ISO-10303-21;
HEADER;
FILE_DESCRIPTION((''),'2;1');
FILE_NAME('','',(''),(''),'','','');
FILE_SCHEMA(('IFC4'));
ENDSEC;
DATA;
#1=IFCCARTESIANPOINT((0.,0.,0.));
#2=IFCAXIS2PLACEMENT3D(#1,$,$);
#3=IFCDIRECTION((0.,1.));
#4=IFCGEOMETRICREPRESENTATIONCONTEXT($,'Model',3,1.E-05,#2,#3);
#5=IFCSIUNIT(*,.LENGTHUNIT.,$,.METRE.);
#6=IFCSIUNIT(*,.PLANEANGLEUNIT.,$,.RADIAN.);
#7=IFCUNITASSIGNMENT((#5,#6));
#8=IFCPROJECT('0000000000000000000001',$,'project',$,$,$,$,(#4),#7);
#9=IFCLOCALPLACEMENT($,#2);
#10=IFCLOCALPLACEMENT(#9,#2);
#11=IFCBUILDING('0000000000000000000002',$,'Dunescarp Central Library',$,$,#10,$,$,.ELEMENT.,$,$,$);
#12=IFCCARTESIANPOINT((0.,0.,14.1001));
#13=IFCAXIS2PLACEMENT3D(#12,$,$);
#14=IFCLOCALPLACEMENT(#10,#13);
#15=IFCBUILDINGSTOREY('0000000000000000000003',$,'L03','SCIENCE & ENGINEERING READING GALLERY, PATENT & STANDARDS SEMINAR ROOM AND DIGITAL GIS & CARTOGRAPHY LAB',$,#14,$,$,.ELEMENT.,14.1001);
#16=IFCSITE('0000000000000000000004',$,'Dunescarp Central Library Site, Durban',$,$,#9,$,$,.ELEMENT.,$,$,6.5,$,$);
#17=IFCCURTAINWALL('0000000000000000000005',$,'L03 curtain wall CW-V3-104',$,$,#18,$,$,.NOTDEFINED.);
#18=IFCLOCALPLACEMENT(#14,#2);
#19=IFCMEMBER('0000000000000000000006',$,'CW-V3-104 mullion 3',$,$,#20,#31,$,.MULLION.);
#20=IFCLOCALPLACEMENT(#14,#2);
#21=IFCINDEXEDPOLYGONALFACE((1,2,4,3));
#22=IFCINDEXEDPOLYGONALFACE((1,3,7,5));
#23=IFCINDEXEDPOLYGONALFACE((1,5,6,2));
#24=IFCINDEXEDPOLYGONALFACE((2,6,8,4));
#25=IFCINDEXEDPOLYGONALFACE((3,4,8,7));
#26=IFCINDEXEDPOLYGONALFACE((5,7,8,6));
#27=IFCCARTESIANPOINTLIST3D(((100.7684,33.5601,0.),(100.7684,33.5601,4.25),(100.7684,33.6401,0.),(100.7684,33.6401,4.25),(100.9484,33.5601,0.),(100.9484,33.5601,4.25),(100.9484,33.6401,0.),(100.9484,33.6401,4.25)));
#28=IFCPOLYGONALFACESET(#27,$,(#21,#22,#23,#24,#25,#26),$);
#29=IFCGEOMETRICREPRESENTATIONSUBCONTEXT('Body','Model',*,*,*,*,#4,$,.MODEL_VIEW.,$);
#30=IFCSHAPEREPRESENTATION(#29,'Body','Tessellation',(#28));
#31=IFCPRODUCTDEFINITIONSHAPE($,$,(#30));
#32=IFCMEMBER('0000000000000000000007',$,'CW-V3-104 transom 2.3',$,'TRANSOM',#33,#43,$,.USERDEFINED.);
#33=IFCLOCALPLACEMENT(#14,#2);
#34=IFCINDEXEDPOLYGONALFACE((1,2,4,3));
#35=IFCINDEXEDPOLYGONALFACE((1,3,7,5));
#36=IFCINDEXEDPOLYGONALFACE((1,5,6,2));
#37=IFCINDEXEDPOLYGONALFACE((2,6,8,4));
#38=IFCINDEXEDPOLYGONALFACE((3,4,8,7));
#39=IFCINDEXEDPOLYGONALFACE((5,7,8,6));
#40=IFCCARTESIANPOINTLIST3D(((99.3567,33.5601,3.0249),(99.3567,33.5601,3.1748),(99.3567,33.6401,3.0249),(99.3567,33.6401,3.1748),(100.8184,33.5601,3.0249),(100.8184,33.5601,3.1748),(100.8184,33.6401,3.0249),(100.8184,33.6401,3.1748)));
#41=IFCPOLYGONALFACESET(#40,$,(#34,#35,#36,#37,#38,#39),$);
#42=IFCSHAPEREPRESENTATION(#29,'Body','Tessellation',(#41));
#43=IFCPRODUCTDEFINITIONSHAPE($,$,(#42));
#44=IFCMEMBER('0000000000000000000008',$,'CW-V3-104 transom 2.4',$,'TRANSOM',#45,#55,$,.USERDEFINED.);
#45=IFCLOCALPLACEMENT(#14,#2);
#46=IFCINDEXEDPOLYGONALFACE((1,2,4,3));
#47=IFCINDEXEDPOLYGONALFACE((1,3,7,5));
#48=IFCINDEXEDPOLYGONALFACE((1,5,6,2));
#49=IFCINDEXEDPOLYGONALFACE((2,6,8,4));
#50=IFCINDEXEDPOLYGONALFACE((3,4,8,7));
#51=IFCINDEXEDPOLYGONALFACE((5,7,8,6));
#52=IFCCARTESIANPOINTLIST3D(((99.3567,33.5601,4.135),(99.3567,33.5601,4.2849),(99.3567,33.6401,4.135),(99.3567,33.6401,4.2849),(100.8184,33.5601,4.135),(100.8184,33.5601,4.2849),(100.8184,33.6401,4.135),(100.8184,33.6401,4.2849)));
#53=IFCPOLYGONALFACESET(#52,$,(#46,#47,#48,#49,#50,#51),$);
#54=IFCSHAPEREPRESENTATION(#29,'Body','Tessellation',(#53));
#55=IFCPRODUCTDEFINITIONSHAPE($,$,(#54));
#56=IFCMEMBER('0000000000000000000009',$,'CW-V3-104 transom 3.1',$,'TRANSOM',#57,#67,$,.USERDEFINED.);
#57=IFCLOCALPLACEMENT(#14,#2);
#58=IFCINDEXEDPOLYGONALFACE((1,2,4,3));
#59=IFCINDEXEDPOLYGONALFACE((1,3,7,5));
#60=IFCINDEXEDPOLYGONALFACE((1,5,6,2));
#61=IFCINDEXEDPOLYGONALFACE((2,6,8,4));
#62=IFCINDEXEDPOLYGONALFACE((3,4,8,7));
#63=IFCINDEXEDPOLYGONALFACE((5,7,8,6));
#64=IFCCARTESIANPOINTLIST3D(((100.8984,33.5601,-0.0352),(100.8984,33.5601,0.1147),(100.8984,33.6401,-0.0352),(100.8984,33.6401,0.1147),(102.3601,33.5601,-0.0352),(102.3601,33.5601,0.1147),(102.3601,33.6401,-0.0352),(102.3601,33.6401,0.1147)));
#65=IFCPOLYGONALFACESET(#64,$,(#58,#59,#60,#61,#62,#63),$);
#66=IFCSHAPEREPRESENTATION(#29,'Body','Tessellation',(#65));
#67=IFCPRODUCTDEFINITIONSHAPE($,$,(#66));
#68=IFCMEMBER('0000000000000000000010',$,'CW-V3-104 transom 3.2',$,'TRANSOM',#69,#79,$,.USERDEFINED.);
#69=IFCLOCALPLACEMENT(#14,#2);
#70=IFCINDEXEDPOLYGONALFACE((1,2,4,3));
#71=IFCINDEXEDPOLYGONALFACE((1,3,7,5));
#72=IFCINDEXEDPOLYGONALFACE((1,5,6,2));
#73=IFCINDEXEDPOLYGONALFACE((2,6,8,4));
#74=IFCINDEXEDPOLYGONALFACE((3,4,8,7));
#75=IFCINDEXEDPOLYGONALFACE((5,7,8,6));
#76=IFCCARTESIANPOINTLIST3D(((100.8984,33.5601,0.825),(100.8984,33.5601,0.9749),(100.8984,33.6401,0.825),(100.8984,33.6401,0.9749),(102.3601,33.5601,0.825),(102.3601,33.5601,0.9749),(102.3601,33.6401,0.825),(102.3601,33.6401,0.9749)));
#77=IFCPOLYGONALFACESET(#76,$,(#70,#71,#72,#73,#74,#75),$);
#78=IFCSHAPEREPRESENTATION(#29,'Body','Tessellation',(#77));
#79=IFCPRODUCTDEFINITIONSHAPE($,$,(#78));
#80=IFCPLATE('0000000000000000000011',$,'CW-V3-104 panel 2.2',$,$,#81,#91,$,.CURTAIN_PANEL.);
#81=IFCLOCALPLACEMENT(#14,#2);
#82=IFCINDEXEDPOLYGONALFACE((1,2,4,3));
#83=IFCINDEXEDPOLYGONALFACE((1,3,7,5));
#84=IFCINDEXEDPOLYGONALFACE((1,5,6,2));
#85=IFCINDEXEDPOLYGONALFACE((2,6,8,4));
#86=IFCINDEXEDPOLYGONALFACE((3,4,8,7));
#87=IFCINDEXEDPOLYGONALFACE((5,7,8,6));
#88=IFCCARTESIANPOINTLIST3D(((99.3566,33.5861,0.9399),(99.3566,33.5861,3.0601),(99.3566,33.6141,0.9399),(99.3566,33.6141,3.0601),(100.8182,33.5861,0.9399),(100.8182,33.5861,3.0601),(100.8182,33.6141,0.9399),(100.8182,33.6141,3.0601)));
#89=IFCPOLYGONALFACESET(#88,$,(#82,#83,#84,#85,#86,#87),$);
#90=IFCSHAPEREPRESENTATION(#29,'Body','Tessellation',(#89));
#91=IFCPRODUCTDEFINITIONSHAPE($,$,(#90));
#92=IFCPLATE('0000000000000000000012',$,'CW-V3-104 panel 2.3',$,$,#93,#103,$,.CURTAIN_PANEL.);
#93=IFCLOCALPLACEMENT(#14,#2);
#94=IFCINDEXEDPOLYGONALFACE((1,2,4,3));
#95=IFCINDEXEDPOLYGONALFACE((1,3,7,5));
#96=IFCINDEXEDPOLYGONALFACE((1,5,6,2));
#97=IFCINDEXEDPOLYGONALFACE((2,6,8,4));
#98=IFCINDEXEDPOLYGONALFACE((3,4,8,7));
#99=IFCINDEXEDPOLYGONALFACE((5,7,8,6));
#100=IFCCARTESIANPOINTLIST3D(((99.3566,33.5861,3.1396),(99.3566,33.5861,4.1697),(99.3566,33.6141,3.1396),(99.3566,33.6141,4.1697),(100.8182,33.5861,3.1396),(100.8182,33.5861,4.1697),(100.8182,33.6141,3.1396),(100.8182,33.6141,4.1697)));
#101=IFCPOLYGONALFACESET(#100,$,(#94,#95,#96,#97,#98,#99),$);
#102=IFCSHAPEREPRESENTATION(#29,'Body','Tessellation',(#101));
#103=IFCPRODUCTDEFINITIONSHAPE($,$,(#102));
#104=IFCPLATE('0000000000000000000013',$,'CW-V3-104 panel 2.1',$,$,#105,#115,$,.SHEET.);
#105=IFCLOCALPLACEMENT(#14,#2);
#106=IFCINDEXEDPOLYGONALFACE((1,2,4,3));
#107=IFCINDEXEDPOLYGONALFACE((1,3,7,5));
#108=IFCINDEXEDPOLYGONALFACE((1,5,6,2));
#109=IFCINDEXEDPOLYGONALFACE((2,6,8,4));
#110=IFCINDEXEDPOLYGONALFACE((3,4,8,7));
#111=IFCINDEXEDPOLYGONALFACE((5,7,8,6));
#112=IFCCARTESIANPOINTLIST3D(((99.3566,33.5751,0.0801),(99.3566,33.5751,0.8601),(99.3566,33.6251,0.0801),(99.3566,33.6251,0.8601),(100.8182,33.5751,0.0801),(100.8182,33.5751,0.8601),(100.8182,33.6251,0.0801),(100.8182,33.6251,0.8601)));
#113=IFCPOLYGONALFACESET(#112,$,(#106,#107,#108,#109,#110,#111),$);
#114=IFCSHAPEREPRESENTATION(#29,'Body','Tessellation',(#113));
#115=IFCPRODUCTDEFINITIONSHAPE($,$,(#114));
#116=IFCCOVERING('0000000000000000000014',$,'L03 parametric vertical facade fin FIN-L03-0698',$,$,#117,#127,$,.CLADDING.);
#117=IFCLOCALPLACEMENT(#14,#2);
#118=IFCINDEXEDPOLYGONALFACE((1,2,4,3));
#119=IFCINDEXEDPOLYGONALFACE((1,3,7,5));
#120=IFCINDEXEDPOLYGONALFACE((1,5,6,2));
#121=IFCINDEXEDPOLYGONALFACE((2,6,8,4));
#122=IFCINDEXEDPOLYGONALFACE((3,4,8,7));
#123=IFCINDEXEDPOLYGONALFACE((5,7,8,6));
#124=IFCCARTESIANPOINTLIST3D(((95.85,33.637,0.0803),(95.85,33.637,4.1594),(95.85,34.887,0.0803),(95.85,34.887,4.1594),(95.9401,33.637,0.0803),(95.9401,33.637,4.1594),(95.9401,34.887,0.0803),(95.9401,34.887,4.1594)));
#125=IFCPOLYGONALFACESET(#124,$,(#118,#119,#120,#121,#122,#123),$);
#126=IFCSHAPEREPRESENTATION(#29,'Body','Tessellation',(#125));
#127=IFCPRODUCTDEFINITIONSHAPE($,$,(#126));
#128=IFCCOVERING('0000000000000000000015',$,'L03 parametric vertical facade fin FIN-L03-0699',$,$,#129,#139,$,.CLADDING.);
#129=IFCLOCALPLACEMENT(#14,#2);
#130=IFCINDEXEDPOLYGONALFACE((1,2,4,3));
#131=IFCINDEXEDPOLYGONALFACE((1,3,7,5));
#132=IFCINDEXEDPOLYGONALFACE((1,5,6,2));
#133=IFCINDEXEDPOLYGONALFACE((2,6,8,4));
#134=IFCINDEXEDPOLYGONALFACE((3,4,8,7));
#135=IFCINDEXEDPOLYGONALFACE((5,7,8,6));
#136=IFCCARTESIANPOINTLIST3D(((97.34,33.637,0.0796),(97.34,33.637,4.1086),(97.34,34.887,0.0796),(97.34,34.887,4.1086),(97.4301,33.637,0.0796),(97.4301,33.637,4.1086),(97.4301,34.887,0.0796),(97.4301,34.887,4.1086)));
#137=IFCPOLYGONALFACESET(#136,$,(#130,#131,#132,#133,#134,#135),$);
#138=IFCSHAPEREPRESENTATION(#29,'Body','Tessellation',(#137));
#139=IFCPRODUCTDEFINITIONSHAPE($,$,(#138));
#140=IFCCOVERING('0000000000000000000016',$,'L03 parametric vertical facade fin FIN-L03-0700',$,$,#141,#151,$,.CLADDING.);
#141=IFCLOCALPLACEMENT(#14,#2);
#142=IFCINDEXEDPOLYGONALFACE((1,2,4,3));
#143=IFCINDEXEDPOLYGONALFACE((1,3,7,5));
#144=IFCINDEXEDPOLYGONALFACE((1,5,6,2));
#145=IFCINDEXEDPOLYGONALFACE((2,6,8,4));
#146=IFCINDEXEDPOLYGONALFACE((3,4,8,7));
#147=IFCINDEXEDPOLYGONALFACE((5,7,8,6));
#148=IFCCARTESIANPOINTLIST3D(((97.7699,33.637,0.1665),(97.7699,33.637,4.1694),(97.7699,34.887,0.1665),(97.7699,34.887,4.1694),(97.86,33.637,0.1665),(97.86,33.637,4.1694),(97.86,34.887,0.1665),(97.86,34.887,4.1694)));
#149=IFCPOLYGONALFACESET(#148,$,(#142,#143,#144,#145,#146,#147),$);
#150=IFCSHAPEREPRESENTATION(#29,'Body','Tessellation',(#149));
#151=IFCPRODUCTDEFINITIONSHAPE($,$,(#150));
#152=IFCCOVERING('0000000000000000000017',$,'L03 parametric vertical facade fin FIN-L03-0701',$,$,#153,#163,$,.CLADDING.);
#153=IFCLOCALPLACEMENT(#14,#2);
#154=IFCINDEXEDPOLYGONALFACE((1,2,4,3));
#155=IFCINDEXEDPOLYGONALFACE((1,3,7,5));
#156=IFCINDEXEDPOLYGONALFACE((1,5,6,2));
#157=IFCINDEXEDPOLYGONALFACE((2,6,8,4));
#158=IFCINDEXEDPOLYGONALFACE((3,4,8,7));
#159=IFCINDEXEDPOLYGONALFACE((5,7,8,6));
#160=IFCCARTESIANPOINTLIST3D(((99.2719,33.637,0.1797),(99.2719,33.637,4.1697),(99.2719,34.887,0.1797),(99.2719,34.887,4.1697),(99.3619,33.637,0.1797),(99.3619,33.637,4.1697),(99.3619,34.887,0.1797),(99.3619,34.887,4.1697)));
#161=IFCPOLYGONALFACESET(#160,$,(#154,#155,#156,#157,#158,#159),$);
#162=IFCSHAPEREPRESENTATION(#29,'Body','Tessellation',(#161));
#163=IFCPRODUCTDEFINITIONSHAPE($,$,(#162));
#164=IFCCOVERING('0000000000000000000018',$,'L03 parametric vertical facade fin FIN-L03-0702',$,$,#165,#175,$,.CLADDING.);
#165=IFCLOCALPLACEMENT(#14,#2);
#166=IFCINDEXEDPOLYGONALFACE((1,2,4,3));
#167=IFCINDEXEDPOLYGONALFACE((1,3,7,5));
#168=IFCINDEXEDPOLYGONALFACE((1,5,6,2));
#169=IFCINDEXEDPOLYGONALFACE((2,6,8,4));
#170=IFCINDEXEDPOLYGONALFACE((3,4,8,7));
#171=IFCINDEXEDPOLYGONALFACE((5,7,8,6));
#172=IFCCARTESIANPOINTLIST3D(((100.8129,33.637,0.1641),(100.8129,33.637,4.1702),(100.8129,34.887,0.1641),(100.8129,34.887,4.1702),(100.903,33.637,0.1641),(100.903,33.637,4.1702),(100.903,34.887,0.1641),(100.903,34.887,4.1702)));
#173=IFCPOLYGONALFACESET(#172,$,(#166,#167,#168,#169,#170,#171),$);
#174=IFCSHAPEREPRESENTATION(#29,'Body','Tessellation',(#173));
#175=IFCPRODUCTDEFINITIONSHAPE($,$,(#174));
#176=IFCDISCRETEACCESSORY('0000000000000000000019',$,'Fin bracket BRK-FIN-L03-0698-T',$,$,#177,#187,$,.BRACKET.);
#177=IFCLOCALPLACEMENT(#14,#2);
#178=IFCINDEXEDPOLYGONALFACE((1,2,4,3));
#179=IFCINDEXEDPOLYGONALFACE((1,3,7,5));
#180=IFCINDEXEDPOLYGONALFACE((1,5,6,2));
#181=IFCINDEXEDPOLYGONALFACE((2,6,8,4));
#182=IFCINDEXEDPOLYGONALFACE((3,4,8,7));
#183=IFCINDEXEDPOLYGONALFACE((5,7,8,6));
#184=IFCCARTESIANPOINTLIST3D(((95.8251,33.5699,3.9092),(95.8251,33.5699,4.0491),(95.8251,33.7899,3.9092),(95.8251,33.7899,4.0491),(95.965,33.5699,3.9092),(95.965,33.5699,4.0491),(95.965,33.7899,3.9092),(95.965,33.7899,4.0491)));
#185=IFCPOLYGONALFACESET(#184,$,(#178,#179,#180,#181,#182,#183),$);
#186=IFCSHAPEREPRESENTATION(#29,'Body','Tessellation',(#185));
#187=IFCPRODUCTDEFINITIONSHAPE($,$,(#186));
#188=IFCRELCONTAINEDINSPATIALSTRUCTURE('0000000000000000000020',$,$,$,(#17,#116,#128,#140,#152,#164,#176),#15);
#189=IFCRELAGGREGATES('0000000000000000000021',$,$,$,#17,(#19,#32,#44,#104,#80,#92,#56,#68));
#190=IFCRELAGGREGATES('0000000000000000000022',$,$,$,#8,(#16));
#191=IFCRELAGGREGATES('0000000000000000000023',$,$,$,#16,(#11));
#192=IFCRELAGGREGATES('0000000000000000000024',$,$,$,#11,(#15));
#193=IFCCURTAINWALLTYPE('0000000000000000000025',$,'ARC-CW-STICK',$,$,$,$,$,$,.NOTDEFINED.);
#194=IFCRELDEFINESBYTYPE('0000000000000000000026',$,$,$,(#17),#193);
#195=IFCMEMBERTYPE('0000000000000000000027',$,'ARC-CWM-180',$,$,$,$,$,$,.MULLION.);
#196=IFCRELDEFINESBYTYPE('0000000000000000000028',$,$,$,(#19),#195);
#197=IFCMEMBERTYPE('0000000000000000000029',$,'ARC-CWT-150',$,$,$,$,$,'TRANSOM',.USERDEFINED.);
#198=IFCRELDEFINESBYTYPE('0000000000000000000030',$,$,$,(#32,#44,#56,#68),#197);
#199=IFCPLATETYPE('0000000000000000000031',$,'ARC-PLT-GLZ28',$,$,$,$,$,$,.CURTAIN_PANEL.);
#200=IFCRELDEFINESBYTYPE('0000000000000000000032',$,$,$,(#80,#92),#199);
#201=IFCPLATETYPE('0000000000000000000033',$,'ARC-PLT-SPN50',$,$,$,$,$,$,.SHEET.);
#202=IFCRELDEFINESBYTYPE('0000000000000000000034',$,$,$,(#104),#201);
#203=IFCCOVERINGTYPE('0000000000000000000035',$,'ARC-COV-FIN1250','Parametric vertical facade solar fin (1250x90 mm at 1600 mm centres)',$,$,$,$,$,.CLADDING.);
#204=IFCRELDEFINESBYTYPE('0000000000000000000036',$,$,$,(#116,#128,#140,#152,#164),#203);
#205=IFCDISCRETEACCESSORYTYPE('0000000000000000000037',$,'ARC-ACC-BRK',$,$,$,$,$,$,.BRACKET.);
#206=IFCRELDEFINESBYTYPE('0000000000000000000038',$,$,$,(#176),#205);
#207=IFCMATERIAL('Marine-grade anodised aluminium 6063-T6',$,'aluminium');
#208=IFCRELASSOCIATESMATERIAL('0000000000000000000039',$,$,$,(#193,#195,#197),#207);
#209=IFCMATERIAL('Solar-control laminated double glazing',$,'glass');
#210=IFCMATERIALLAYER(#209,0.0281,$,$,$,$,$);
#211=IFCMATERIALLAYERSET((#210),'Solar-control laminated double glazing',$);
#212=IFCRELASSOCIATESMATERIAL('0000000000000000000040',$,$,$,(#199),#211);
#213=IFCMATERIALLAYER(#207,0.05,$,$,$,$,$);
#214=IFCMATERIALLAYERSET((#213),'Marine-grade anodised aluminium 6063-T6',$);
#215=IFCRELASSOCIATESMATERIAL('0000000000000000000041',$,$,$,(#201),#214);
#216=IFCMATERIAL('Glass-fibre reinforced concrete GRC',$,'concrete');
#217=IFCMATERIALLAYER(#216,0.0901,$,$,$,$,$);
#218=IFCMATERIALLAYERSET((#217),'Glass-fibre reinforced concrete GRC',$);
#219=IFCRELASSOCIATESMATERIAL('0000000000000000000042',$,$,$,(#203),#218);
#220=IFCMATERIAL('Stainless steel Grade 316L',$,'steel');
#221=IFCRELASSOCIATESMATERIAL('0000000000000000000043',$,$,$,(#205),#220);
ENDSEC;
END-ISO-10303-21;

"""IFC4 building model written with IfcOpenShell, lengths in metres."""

from ifc_helpers import new_model, si_unit, direction, frame, origin, origin_2d, place, context, subcontext, project, spatial, rectangle, extrude, material, layer, layer_set, material_profile, profile_set, type_object, element, aggregate, save


model = new_model("IFC4")

# Units and contexts
model_context = context("Model", 3, precision=1e-05, world=origin(), true_north=direction((0.0, 1.0)))
body_context = subcontext(model_context, "Body", "Model", "MODEL_VIEW")
ifc_project = project(units=[si_unit("LENGTHUNIT", "METRE"), si_unit("PLANEANGLEUNIT", "RADIAN")], contexts=[model_context])

# Site, building, storey
site_placement = place(None, origin())
site = spatial("IfcSite", under=ifc_project, at=site_placement, Name="Dunescarp Central Library Site, Durban", CompositionType="ELEMENT", RefElevation=6.5)
building_placement = place(site_placement, origin())
building = spatial("IfcBuilding", under=site, at=building_placement, Name="Dunescarp Central Library", CompositionType="ELEMENT")
storey_placement = place(building_placement, frame((0.0, 0.0, 14.1001)))
storey = spatial("IfcBuildingStorey", under=building, at=storey_placement, Name="L03", Description="SCIENCE & ENGINEERING READING GALLERY, PATENT & STANDARDS SEMINAR ROOM AND DIGITAL GIS & CARTOGRAPHY LAB", CompositionType="ELEMENT", Elevation=14.1001)

# Curtain wall, members, plates
ifc_material_1 = material(Name="Marine-grade anodised aluminium 6063-T6", Category="aluminium")
curtain_wall_type = type_object("IfcCurtainWallType", Name="ARC-CW-STICK", PredefinedType="NOTDEFINED", material=ifc_material_1)
curtain_wall_placement = place(storey_placement, origin())
curtain_wall = element("IfcCurtainWall", 1, at=curtain_wall_placement, inside=storey, type_object=curtain_wall_type, Name="L03 curtain wall CW-V3-104", PredefinedType="NOTDEFINED")
ifc_material_profile_1 = material_profile(ifc_material_1, rectangle(XDim=0.0801, YDim=0.1799, at=origin_2d()), Name="AL 80x180")
ifc_profile_set_1 = profile_set([ifc_material_profile_1], Name="Marine-grade anodised aluminium 6063-T6")
member_type_1 = type_object("IfcMemberType", Name="ARC-CWM-180", PredefinedType="MULLION", material=ifc_profile_set_1)
member_1_placement = place(storey_placement, frame((100.8584, 33.6001, 0.0), z_axis=(0.0, 0.0, 1.0), x_axis=(0.0, 1.0, 0.0)))
member_1 = element("IfcMember", 2, at=member_1_placement, type_object=member_type_1, Name="CW-V3-104 mullion 3", PredefinedType="MULLION", context=body_context, shape_type="SweptSolid", body=[
    extrude(rectangle(XDim=0.0801, YDim=0.1799, at=origin_2d()), origin(), (0.0, 0.0, 1.0), 4.25),
])
ifc_material_profile_2 = material_profile(ifc_material_1, rectangle(XDim=0.0801, YDim=0.1499, at=origin_2d()), Name="AL 80x150")
ifc_profile_set_2 = profile_set([ifc_material_profile_2], Name="Marine-grade anodised aluminium 6063-T6")
member_type_2 = type_object("IfcMemberType", Name="ARC-CWT-150", ElementType="TRANSOM", PredefinedType="USERDEFINED", material=ifc_profile_set_2)
member_2_placement = place(storey_placement, frame((99.3567, 33.6001, 3.0999), z_axis=(1.0, 0.0, 0.0), x_axis=(0.0, 1.0, 0.0)))
member_2 = element("IfcMember", 3, at=member_2_placement, type_object=member_type_2, Name="CW-V3-104 transom 2.3", ObjectType="TRANSOM", PredefinedType="USERDEFINED", context=body_context, shape_type="SweptSolid", body=[
    extrude(rectangle(XDim=0.0801, YDim=0.1499, at=origin_2d()), origin(), (0.0, 0.0, 1.0), 1.4617),
])
member_3_placement = place(storey_placement, frame((99.3567, 33.6001, 4.21), z_axis=(1.0, 0.0, 0.0), x_axis=(0.0, 1.0, 0.0)))
member_3 = element("IfcMember", 4, at=member_3_placement, type_object=member_type_2, Name="CW-V3-104 transom 2.4", ObjectType="TRANSOM", PredefinedType="USERDEFINED", context=body_context, shape_type="SweptSolid", body=[
    extrude(rectangle(XDim=0.0801, YDim=0.1499, at=origin_2d()), origin(), (0.0, 0.0, 1.0), 1.4617),
])
member_4_placement = place(storey_placement, frame((100.8984, 33.6001, 0.0398), z_axis=(1.0, 0.0, 0.0), x_axis=(0.0, 1.0, 0.0)))
member_4 = element("IfcMember", 5, at=member_4_placement, type_object=member_type_2, Name="CW-V3-104 transom 3.1", ObjectType="TRANSOM", PredefinedType="USERDEFINED", context=body_context, shape_type="SweptSolid", body=[
    extrude(rectangle(XDim=0.0801, YDim=0.1499, at=origin_2d()), origin(), (0.0, 0.0, 1.0), 1.4617),
])
member_5_placement = place(storey_placement, frame((100.8984, 33.6001, 0.8999), z_axis=(1.0, 0.0, 0.0), x_axis=(0.0, 1.0, 0.0)))
member_5 = element("IfcMember", 6, at=member_5_placement, type_object=member_type_2, Name="CW-V3-104 transom 3.2", ObjectType="TRANSOM", PredefinedType="USERDEFINED", context=body_context, shape_type="SweptSolid", body=[
    extrude(rectangle(XDim=0.0801, YDim=0.1499, at=origin_2d()), origin(), (0.0, 0.0, 1.0), 1.4617),
])
ifc_material_2 = material(Name="Solar-control laminated double glazing", Category="glass")
ifc_layer_1 = layer(ifc_material_2, 0.0281)
ifc_layer_set_1 = layer_set([ifc_layer_1], Name="Solar-control laminated double glazing")
plate_type_1 = type_object("IfcPlateType", Name="ARC-PLT-GLZ28", PredefinedType="CURTAIN_PANEL", material=ifc_layer_set_1)
plate_1_placement = place(storey_placement, frame((100.0874, 33.6001, 0.9399), z_axis=(0.0, 0.0, 1.0), x_axis=(1.0, 0.0, 0.0)))
plate_1 = element("IfcPlate", 7, at=plate_1_placement, type_object=plate_type_1, Name="CW-V3-104 panel 2.2", PredefinedType="CURTAIN_PANEL", context=body_context, shape_type="SweptSolid", body=[
    extrude(rectangle(XDim=1.4617, YDim=0.0281, at=origin_2d()), origin(), (0.0, 0.0, 1.0), 2.1201),
])
plate_2_placement = place(storey_placement, frame((100.0874, 33.6001, 3.1396), z_axis=(0.0, 0.0, 1.0), x_axis=(1.0, 0.0, 0.0)))
plate_2 = element("IfcPlate", 8, at=plate_2_placement, type_object=plate_type_1, Name="CW-V3-104 panel 2.3", PredefinedType="CURTAIN_PANEL", context=body_context, shape_type="SweptSolid", body=[
    extrude(rectangle(XDim=1.4617, YDim=0.0281, at=origin_2d()), origin(), (0.0, 0.0, 1.0), 1.03),
])
ifc_layer_2 = layer(ifc_material_1, 0.05)
ifc_layer_set_2 = layer_set([ifc_layer_2], Name="Marine-grade anodised aluminium 6063-T6")
plate_type_2 = type_object("IfcPlateType", Name="ARC-PLT-SPN50", PredefinedType="SHEET", material=ifc_layer_set_2)
plate_3_placement = place(storey_placement, frame((100.0874, 33.6001, 0.0801), z_axis=(0.0, 0.0, 1.0), x_axis=(1.0, 0.0, 0.0)))
plate_3 = element("IfcPlate", 9, at=plate_3_placement, type_object=plate_type_2, Name="CW-V3-104 panel 2.1", PredefinedType="SHEET", context=body_context, shape_type="SweptSolid", body=[
    extrude(rectangle(XDim=1.4617, YDim=0.05, at=origin_2d()), origin(), (0.0, 0.0, 1.0), 0.78),
])
aggregate(curtain_wall, [member_1, member_2, member_3, plate_3, plate_1, plate_2, member_4, member_5])

# Coverings
ifc_material_3 = material(Name="Glass-fibre reinforced concrete GRC", Category="concrete")
ifc_layer_3 = layer(ifc_material_3, 0.0901)
ifc_layer_set_3 = layer_set([ifc_layer_3], Name="Glass-fibre reinforced concrete GRC")
covering_type = type_object("IfcCoveringType", Name="ARC-COV-FIN1250", Description="Parametric vertical facade solar fin (1250x90 mm at 1600 mm centres)", PredefinedType="CLADDING", material=ifc_layer_set_3)
covering_1_placement = place(storey_placement, frame((95.895, 34.262, 0.0803), z_axis=(0.0, 0.0, 1.0), x_axis=(0.0, 1.0, 0.0)))
element("IfcCovering", 10, at=covering_1_placement, inside=storey, type_object=covering_type, Name="L03 parametric vertical facade fin FIN-L03-0698", PredefinedType="CLADDING", context=body_context, shape_type="SweptSolid", body=[
    extrude(rectangle(XDim=1.25, YDim=0.0901, at=origin_2d()), origin(), (0.0, 0.0, 1.0), 4.0791),
])
covering_2_placement = place(storey_placement, frame((97.385, 34.262, 0.0796), z_axis=(0.0, 0.0, 1.0), x_axis=(0.0, 1.0, 0.0)))
element("IfcCovering", 11, at=covering_2_placement, inside=storey, type_object=covering_type, Name="L03 parametric vertical facade fin FIN-L03-0699", PredefinedType="CLADDING", context=body_context, shape_type="SweptSolid", body=[
    extrude(rectangle(XDim=1.25, YDim=0.0901, at=origin_2d()), origin(), (0.0, 0.0, 1.0), 4.0291),
])
covering_3_placement = place(storey_placement, frame((97.8149, 34.262, 0.1665), z_axis=(0.0, 0.0, 1.0), x_axis=(0.0, 1.0, 0.0)))
element("IfcCovering", 12, at=covering_3_placement, inside=storey, type_object=covering_type, Name="L03 parametric vertical facade fin FIN-L03-0700", PredefinedType="CLADDING", context=body_context, shape_type="SweptSolid", body=[
    extrude(rectangle(XDim=1.25, YDim=0.0901, at=origin_2d()), origin(), (0.0, 0.0, 1.0), 4.0029),
])
covering_4_placement = place(storey_placement, frame((99.3169, 34.262, 0.1797), z_axis=(0.0, 0.0, 1.0), x_axis=(0.0, 1.0, 0.0)))
element("IfcCovering", 13, at=covering_4_placement, inside=storey, type_object=covering_type, Name="L03 parametric vertical facade fin FIN-L03-0701", PredefinedType="CLADDING", context=body_context, shape_type="SweptSolid", body=[
    extrude(rectangle(XDim=1.25, YDim=0.0901, at=origin_2d()), origin(), (0.0, 0.0, 1.0), 3.99),
])
covering_5_placement = place(storey_placement, frame((100.8579, 34.262, 0.1641), z_axis=(0.0, 0.0, 1.0), x_axis=(0.0, 1.0, 0.0)))
element("IfcCovering", 14, at=covering_5_placement, inside=storey, type_object=covering_type, Name="L03 parametric vertical facade fin FIN-L03-0702", PredefinedType="CLADDING", context=body_context, shape_type="SweptSolid", body=[
    extrude(rectangle(XDim=1.25, YDim=0.0901, at=origin_2d()), origin(), (0.0, 0.0, 1.0), 4.0061),
])

# Discrete accessory
ifc_material_4 = material(Name="Stainless steel Grade 316L", Category="steel")
discrete_accessory_type = type_object("IfcDiscreteAccessoryType", Name="ARC-ACC-BRK", PredefinedType="BRACKET", material=ifc_material_4)
for number, where, z_axis, x_axis, name in (
    (15, (95.895, 33.6799, 3.9092), (0.0, 0.0, 1.0), (0.0, 1.0, 0.0), "Fin bracket BRK-FIN-L03-0698-T"),
):
    element("IfcDiscreteAccessory", number, at=place(storey_placement, frame(where, z_axis=z_axis, x_axis=x_axis)), inside=storey, type_object=discrete_accessory_type, Name=name, PredefinedType="BRACKET", context=body_context, shape_type="SweptSolid", body=[
        extrude(rectangle(XDim=0.22, YDim=0.1399, at=origin_2d()), origin(), (0.0, 0.0, 1.0), 0.1399),
    ])

save(model, "model.ifc")
